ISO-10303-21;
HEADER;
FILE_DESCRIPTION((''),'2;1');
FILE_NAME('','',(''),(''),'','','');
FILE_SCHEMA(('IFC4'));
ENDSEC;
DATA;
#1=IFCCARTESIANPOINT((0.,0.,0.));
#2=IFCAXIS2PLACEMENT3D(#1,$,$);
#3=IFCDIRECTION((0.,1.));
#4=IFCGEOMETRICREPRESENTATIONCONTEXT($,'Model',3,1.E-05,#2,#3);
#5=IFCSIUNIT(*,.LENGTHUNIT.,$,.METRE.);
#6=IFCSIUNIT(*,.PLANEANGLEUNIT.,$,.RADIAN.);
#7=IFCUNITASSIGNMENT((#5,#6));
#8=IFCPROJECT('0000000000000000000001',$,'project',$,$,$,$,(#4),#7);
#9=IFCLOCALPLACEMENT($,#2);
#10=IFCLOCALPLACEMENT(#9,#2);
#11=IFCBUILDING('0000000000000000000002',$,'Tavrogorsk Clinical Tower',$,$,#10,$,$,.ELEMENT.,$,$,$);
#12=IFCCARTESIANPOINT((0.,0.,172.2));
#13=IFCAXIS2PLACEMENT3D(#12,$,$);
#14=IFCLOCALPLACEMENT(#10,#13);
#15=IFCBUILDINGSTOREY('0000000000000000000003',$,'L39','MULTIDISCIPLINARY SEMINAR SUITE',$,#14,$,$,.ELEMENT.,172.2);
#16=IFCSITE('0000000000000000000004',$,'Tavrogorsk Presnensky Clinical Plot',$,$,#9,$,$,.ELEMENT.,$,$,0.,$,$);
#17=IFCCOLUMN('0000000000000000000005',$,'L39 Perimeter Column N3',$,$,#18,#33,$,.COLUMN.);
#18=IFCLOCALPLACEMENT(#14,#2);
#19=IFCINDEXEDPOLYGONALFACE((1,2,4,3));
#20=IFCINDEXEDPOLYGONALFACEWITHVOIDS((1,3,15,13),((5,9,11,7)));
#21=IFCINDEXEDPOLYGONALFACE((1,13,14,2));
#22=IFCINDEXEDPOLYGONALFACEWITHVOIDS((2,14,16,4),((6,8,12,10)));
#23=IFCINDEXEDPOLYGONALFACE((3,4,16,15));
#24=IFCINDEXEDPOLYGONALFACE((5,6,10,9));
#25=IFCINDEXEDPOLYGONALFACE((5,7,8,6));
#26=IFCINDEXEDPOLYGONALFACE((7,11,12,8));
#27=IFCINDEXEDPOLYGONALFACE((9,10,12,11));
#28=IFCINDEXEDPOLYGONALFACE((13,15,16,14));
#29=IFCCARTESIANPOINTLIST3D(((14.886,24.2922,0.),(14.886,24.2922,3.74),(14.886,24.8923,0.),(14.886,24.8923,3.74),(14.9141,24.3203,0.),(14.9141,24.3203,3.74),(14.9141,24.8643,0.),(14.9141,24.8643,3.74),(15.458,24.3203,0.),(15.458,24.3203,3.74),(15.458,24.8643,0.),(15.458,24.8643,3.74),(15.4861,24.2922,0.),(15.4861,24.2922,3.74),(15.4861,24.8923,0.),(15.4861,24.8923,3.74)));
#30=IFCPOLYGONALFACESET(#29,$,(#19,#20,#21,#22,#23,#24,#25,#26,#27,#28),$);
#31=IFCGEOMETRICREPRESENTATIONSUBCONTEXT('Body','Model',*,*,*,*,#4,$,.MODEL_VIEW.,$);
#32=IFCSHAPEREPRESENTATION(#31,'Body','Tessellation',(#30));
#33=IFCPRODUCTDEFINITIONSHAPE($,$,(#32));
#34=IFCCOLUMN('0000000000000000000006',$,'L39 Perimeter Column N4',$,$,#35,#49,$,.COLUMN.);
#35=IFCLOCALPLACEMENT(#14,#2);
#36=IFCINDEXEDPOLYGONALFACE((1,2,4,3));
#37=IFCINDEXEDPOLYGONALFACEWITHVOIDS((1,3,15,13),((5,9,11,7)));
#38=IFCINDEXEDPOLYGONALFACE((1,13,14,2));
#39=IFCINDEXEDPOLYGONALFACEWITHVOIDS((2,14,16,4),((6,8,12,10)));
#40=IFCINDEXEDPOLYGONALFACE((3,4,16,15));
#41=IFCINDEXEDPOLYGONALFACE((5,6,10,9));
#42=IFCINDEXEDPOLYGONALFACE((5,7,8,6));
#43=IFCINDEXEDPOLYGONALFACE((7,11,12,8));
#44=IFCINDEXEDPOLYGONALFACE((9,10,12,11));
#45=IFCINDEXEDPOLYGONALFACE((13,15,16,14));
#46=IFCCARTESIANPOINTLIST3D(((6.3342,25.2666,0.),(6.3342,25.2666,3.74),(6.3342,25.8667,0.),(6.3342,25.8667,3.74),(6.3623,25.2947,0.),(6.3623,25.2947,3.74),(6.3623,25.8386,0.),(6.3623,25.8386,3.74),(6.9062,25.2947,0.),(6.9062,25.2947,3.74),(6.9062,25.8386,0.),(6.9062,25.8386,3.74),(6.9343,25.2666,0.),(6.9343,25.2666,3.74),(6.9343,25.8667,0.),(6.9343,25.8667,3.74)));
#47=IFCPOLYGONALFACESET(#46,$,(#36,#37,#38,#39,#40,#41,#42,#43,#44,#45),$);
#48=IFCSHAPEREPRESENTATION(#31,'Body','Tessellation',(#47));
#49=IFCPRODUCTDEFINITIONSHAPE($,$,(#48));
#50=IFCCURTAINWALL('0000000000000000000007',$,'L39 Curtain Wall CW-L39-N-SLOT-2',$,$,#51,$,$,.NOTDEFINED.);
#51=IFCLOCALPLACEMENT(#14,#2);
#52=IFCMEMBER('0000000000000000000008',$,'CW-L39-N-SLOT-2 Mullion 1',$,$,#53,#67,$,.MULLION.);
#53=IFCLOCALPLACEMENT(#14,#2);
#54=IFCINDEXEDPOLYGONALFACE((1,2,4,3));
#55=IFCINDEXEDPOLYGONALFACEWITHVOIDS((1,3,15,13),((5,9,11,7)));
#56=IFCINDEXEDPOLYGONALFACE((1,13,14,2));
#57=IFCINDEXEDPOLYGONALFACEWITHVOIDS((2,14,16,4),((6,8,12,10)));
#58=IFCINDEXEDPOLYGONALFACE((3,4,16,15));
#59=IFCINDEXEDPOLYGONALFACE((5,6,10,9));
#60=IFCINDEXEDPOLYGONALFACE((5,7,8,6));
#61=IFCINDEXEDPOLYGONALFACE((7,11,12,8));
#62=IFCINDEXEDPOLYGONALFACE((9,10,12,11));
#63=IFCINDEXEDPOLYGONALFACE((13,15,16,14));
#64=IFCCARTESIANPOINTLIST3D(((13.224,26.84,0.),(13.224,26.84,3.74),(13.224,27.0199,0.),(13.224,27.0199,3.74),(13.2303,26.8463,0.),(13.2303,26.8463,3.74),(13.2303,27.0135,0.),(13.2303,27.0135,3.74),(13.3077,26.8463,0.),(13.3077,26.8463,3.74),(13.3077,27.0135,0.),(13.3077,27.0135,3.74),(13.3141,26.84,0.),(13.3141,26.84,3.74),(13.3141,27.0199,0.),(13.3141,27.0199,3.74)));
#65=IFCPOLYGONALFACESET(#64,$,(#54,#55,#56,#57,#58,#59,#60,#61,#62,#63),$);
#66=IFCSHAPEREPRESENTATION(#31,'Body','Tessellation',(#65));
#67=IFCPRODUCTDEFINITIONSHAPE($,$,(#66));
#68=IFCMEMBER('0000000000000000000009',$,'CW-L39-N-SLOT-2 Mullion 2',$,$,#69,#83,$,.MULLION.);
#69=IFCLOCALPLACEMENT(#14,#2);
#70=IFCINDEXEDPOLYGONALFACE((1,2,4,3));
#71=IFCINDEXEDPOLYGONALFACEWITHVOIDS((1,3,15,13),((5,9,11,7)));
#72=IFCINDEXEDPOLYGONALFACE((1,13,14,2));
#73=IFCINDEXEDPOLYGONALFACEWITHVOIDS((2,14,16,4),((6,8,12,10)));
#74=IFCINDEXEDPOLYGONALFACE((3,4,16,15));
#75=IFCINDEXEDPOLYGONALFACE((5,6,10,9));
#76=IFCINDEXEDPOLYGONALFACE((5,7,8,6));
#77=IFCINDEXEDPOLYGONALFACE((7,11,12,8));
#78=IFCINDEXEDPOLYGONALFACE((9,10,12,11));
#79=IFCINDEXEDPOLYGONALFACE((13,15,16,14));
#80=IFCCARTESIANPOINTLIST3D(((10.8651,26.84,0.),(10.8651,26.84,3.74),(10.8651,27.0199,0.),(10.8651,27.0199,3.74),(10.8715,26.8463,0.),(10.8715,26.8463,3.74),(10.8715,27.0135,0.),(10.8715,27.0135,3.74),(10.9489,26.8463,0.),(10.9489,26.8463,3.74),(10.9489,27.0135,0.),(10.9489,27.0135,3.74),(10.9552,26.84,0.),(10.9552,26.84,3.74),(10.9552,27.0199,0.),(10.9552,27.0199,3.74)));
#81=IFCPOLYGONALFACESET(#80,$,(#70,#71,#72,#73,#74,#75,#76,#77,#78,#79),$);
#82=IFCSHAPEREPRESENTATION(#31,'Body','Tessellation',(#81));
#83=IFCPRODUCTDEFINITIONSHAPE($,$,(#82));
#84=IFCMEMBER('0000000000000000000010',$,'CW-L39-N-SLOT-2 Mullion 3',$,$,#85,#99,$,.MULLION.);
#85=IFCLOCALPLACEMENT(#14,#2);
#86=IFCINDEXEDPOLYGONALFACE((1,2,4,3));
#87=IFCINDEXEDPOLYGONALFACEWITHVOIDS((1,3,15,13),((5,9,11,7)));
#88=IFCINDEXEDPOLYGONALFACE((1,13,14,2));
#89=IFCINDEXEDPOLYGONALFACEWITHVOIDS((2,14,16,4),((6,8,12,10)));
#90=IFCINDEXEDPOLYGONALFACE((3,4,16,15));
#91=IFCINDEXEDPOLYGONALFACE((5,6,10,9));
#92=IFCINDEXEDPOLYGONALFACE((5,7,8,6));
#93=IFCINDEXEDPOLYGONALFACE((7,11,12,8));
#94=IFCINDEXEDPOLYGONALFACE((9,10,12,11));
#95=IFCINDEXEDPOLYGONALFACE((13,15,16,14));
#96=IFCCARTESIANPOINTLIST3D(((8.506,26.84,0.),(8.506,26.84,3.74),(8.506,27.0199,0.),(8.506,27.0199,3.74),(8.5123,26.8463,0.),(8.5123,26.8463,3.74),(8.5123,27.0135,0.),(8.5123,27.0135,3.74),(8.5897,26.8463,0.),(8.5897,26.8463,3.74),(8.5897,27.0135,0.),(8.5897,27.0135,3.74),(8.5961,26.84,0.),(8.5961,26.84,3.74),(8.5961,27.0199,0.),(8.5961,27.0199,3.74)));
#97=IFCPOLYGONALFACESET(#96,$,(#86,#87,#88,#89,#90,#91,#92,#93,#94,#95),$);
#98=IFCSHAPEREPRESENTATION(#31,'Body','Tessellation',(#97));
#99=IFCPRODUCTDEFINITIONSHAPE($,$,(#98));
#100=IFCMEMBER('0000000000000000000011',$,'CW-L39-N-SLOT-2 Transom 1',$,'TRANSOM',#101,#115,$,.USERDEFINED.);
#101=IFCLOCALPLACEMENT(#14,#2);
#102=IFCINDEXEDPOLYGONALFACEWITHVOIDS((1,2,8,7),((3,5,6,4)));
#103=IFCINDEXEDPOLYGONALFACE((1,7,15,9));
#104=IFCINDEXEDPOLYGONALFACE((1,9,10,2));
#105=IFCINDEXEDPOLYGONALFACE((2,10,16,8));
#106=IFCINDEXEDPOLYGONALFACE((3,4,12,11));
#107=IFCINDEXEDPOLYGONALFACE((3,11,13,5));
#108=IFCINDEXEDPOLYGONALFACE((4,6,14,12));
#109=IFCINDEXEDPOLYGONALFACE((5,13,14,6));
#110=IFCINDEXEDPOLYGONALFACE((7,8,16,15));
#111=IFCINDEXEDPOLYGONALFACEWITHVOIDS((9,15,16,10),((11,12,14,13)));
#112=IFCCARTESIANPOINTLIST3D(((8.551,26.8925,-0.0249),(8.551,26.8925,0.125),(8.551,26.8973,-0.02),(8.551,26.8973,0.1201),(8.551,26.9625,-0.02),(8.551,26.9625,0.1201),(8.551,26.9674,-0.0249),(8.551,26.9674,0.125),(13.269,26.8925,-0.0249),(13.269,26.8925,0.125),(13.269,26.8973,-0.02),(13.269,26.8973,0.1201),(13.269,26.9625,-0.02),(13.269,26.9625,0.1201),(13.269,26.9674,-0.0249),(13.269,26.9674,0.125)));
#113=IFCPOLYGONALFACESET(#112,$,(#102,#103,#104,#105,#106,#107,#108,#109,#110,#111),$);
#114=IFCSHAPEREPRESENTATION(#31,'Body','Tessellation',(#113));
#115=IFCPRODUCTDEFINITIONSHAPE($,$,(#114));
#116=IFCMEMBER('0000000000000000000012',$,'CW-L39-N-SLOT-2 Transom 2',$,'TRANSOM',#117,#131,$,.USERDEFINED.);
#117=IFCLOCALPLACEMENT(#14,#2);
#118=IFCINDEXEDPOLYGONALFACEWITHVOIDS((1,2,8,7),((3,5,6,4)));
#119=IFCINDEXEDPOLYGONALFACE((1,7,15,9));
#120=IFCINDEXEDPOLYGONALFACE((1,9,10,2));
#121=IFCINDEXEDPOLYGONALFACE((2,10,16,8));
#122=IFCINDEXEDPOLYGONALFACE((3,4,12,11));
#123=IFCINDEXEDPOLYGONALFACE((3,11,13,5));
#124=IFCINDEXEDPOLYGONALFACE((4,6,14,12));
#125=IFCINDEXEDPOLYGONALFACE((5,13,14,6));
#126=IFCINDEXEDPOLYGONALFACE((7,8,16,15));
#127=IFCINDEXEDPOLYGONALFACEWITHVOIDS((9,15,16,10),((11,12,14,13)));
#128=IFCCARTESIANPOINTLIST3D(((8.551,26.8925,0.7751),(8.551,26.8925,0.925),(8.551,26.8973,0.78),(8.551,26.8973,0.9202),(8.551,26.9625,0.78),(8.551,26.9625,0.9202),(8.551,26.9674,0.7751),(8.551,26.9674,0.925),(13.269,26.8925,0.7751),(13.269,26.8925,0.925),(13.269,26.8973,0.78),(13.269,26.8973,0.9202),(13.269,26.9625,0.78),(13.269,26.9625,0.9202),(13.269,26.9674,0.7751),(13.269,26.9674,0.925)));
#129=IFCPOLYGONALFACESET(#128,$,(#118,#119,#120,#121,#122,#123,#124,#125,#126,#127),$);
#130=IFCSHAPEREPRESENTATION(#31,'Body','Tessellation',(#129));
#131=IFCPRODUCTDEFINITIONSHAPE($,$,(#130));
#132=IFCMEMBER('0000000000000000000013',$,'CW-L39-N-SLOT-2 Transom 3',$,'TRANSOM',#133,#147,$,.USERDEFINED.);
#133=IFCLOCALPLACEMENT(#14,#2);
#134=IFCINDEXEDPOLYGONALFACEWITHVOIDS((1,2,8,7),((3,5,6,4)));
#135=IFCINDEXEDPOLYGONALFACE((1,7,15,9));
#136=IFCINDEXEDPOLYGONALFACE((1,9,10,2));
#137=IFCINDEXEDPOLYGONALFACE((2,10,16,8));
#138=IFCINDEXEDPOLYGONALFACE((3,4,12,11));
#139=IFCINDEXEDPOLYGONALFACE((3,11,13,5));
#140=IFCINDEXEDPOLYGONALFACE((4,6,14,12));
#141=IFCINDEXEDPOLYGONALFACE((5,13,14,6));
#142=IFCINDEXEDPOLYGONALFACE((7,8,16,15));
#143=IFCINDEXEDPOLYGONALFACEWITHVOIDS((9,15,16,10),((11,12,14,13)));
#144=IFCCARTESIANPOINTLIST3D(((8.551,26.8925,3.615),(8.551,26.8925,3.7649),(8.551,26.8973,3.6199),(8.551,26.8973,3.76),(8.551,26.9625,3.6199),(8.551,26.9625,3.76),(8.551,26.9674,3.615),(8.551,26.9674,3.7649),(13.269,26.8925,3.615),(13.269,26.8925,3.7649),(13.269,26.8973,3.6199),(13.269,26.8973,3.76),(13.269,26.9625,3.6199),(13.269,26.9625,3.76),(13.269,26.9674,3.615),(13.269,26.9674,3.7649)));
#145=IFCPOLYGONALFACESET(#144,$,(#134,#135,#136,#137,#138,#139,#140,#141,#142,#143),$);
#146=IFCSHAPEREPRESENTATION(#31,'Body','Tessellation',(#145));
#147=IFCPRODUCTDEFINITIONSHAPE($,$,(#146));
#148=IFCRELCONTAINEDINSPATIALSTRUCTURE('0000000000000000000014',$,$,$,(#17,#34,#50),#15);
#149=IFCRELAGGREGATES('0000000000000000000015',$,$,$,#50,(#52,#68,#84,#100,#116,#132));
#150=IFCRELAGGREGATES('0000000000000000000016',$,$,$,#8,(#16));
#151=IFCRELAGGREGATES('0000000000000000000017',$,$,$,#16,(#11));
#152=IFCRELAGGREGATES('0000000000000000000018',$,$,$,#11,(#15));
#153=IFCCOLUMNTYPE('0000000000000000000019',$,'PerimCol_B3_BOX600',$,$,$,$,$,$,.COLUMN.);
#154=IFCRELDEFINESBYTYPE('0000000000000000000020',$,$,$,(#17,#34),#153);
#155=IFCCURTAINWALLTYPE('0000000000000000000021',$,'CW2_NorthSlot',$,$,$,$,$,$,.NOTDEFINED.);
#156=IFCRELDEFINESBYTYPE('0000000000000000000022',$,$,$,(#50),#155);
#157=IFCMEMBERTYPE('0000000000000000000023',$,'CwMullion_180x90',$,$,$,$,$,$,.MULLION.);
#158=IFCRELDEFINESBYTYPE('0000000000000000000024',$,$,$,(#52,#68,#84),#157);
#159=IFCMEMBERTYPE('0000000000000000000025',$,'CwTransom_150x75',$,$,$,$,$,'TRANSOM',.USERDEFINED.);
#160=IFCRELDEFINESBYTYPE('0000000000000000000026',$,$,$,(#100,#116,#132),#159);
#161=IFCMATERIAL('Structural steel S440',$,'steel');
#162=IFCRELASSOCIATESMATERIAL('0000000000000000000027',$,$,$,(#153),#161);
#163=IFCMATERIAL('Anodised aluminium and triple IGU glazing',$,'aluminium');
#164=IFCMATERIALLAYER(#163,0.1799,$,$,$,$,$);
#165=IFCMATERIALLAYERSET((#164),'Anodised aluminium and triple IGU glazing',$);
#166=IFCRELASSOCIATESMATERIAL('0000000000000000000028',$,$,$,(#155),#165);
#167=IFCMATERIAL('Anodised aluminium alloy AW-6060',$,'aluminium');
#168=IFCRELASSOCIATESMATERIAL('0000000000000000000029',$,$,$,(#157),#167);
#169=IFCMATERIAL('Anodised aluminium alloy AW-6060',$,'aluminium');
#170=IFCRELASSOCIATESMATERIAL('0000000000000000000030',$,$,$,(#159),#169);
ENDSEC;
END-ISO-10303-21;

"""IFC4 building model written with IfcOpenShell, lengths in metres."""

from ifc_helpers import new_model, si_unit, direction, frame, origin, origin_2d, place, context, subcontext, project, spatial, hollow_rectangle, extrude, material, layer, layer_set, material_profile, profile_set, type_object, element, aggregate, save


model = new_model("IFC4")

# Units and contexts
model_context = context("Model", 3, precision=1e-05, world=origin(), true_north=direction((0.0, 1.0)))
body_context = subcontext(model_context, "Body", "Model", "MODEL_VIEW")
ifc_project = project(units=[si_unit("LENGTHUNIT", "METRE"), si_unit("PLANEANGLEUNIT", "RADIAN")], contexts=[model_context])

# Site, building, storey
site_placement = place(None, origin())
site = spatial("IfcSite", under=ifc_project, at=site_placement, Name="Tavrogorsk Presnensky Clinical Plot", CompositionType="ELEMENT", RefElevation=0.0)
building_placement = place(site_placement, origin())
building = spatial("IfcBuilding", under=site, at=building_placement, Name="Tavrogorsk Clinical Tower", CompositionType="ELEMENT")
storey_placement = place(building_placement, frame((0.0, 0.0, 172.2)))
storey = spatial("IfcBuildingStorey", under=building, at=storey_placement, Name="L39", Description="MULTIDISCIPLINARY SEMINAR SUITE", CompositionType="ELEMENT", Elevation=172.2)

# Columns
ifc_material_1 = material(Name="Structural steel S440", Category="steel")
ifc_material_profile_1 = material_profile(ifc_material_1, hollow_rectangle(XDim=0.6001, YDim=0.6001, WallThickness=0.0281, at=origin_2d()), Name="BOX-600x600x28")
ifc_profile_set_1 = profile_set([ifc_material_profile_1], Name="Structural steel S440")
column_type = type_object("IfcColumnType", Name="PerimCol_B3_BOX600", PredefinedType="COLUMN", material=ifc_profile_set_1)
for number, where, z_axis, x_axis, name in (
    (1, (15.186, 24.5923, 0.0), (0.0, 0.0, 1.0), (1.0, 0.0, 0.0), "L39 Perimeter Column N3"),
    (2, (6.6343, 25.5667, 0.0), (0.0, 0.0, 1.0), (1.0, 0.0, 0.0), "L39 Perimeter Column N4"),
):
    element("IfcColumn", number, at=place(storey_placement, frame(where, z_axis=z_axis, x_axis=x_axis)), inside=storey, type_object=column_type, Name=name, PredefinedType="COLUMN", context=body_context, shape_type="SweptSolid", body=[
        extrude(hollow_rectangle(XDim=0.6001, YDim=0.6001, WallThickness=0.0281, at=origin_2d()), origin(), (0.0, 0.0, 1.0), 3.74),
    ])

# Curtain wall, members
ifc_material_2 = material(Name="Anodised aluminium and triple IGU glazing", Category="aluminium")
ifc_layer_1 = layer(ifc_material_2, 0.1799)
ifc_layer_set_1 = layer_set([ifc_layer_1], Name="Anodised aluminium and triple IGU glazing")
curtain_wall_type = type_object("IfcCurtainWallType", Name="CW2_NorthSlot", PredefinedType="NOTDEFINED", material=ifc_layer_set_1)
curtain_wall_placement = place(storey_placement, origin())
curtain_wall = element("IfcCurtainWall", 3, at=curtain_wall_placement, inside=storey, type_object=curtain_wall_type, Name="L39 Curtain Wall CW-L39-N-SLOT-2", PredefinedType="NOTDEFINED")
ifc_material_3 = material(Name="Anodised aluminium alloy AW-6060", Category="aluminium")
ifc_material_profile_2 = material_profile(ifc_material_3, hollow_rectangle(XDim=0.0901, YDim=0.1799, WallThickness=0.0063, at=origin_2d()), Name="RHS-180x90x6.3")
ifc_profile_set_2 = profile_set([ifc_material_profile_2], Name="Anodised aluminium alloy AW-6060")
member_type_1 = type_object("IfcMemberType", Name="CwMullion_180x90", PredefinedType="MULLION", material=ifc_profile_set_2)
member_1_placement = place(storey_placement, frame((13.269, 26.9299, 0.0), z_axis=(0.0, 0.0, 1.0), x_axis=(-1.0, 0.0, 0.0)))
member_1 = element("IfcMember", 4, at=member_1_placement, type_object=member_type_1, Name="CW-L39-N-SLOT-2 Mullion 1", PredefinedType="MULLION", context=body_context, shape_type="SweptSolid", body=[
    extrude(hollow_rectangle(XDim=0.0901, YDim=0.1799, WallThickness=0.0063, at=origin_2d()), origin(), (0.0, 0.0, 1.0), 3.74),
])
member_2_placement = place(storey_placement, frame((10.9102, 26.9299, 0.0), z_axis=(0.0, 0.0, 1.0), x_axis=(-1.0, 0.0, 0.0)))
member_2 = element("IfcMember", 5, at=member_2_placement, type_object=member_type_1, Name="CW-L39-N-SLOT-2 Mullion 2", PredefinedType="MULLION", context=body_context, shape_type="SweptSolid", body=[
    extrude(hollow_rectangle(XDim=0.0901, YDim=0.1799, WallThickness=0.0063, at=origin_2d()), origin(), (0.0, 0.0, 1.0), 3.74),
])
member_3_placement = place(storey_placement, frame((8.551, 26.9299, 0.0), z_axis=(0.0, 0.0, 1.0), x_axis=(-1.0, 0.0, 0.0)))
member_3 = element("IfcMember", 6, at=member_3_placement, type_object=member_type_1, Name="CW-L39-N-SLOT-2 Mullion 3", PredefinedType="MULLION", context=body_context, shape_type="SweptSolid", body=[
    extrude(hollow_rectangle(XDim=0.0901, YDim=0.1799, WallThickness=0.0063, at=origin_2d()), origin(), (0.0, 0.0, 1.0), 3.74),
])
ifc_material_4 = material(Name="Anodised aluminium alloy AW-6060", Category="aluminium")
ifc_material_profile_3 = material_profile(ifc_material_4, hollow_rectangle(XDim=0.075, YDim=0.1499, WallThickness=0.0049, at=origin_2d()), Name="RHS-150x75x5")
ifc_profile_set_3 = profile_set([ifc_material_profile_3], Name="Anodised aluminium alloy AW-6060")
member_type_2 = type_object("IfcMemberType", Name="CwTransom_150x75", ElementType="TRANSOM", PredefinedType="USERDEFINED", material=ifc_profile_set_3)
member_4_placement = place(storey_placement, frame((13.269, 26.9299, 0.05), z_axis=(-1.0, 0.0, 0.0), x_axis=(0.0, -1.0, 0.0)))
member_4 = element("IfcMember", 7, at=member_4_placement, type_object=member_type_2, Name="CW-L39-N-SLOT-2 Transom 1", ObjectType="TRANSOM", PredefinedType="USERDEFINED", context=body_context, shape_type="SweptSolid", body=[
    extrude(hollow_rectangle(XDim=0.075, YDim=0.1499, WallThickness=0.0049, at=origin_2d()), origin(), (0.0, 0.0, 1.0), 4.718),
])
member_5_placement = place(storey_placement, frame((13.269, 26.9299, 0.8501), z_axis=(-1.0, 0.0, 0.0), x_axis=(0.0, -1.0, 0.0)))
member_5 = element("IfcMember", 8, at=member_5_placement, type_object=member_type_2, Name="CW-L39-N-SLOT-2 Transom 2", ObjectType="TRANSOM", PredefinedType="USERDEFINED", context=body_context, shape_type="SweptSolid", body=[
    extrude(hollow_rectangle(XDim=0.075, YDim=0.1499, WallThickness=0.0049, at=origin_2d()), origin(), (0.0, 0.0, 1.0), 4.718),
])
member_6_placement = place(storey_placement, frame((13.269, 26.9299, 3.6899), z_axis=(-1.0, 0.0, 0.0), x_axis=(0.0, -1.0, 0.0)))
member_6 = element("IfcMember", 9, at=member_6_placement, type_object=member_type_2, Name="CW-L39-N-SLOT-2 Transom 3", ObjectType="TRANSOM", PredefinedType="USERDEFINED", context=body_context, shape_type="SweptSolid", body=[
    extrude(hollow_rectangle(XDim=0.075, YDim=0.1499, WallThickness=0.0049, at=origin_2d()), origin(), (0.0, 0.0, 1.0), 4.718),
])

aggregate(curtain_wall, [member_1, member_2, member_3, member_4, member_5, member_6])

save(model, "model.ifc")
